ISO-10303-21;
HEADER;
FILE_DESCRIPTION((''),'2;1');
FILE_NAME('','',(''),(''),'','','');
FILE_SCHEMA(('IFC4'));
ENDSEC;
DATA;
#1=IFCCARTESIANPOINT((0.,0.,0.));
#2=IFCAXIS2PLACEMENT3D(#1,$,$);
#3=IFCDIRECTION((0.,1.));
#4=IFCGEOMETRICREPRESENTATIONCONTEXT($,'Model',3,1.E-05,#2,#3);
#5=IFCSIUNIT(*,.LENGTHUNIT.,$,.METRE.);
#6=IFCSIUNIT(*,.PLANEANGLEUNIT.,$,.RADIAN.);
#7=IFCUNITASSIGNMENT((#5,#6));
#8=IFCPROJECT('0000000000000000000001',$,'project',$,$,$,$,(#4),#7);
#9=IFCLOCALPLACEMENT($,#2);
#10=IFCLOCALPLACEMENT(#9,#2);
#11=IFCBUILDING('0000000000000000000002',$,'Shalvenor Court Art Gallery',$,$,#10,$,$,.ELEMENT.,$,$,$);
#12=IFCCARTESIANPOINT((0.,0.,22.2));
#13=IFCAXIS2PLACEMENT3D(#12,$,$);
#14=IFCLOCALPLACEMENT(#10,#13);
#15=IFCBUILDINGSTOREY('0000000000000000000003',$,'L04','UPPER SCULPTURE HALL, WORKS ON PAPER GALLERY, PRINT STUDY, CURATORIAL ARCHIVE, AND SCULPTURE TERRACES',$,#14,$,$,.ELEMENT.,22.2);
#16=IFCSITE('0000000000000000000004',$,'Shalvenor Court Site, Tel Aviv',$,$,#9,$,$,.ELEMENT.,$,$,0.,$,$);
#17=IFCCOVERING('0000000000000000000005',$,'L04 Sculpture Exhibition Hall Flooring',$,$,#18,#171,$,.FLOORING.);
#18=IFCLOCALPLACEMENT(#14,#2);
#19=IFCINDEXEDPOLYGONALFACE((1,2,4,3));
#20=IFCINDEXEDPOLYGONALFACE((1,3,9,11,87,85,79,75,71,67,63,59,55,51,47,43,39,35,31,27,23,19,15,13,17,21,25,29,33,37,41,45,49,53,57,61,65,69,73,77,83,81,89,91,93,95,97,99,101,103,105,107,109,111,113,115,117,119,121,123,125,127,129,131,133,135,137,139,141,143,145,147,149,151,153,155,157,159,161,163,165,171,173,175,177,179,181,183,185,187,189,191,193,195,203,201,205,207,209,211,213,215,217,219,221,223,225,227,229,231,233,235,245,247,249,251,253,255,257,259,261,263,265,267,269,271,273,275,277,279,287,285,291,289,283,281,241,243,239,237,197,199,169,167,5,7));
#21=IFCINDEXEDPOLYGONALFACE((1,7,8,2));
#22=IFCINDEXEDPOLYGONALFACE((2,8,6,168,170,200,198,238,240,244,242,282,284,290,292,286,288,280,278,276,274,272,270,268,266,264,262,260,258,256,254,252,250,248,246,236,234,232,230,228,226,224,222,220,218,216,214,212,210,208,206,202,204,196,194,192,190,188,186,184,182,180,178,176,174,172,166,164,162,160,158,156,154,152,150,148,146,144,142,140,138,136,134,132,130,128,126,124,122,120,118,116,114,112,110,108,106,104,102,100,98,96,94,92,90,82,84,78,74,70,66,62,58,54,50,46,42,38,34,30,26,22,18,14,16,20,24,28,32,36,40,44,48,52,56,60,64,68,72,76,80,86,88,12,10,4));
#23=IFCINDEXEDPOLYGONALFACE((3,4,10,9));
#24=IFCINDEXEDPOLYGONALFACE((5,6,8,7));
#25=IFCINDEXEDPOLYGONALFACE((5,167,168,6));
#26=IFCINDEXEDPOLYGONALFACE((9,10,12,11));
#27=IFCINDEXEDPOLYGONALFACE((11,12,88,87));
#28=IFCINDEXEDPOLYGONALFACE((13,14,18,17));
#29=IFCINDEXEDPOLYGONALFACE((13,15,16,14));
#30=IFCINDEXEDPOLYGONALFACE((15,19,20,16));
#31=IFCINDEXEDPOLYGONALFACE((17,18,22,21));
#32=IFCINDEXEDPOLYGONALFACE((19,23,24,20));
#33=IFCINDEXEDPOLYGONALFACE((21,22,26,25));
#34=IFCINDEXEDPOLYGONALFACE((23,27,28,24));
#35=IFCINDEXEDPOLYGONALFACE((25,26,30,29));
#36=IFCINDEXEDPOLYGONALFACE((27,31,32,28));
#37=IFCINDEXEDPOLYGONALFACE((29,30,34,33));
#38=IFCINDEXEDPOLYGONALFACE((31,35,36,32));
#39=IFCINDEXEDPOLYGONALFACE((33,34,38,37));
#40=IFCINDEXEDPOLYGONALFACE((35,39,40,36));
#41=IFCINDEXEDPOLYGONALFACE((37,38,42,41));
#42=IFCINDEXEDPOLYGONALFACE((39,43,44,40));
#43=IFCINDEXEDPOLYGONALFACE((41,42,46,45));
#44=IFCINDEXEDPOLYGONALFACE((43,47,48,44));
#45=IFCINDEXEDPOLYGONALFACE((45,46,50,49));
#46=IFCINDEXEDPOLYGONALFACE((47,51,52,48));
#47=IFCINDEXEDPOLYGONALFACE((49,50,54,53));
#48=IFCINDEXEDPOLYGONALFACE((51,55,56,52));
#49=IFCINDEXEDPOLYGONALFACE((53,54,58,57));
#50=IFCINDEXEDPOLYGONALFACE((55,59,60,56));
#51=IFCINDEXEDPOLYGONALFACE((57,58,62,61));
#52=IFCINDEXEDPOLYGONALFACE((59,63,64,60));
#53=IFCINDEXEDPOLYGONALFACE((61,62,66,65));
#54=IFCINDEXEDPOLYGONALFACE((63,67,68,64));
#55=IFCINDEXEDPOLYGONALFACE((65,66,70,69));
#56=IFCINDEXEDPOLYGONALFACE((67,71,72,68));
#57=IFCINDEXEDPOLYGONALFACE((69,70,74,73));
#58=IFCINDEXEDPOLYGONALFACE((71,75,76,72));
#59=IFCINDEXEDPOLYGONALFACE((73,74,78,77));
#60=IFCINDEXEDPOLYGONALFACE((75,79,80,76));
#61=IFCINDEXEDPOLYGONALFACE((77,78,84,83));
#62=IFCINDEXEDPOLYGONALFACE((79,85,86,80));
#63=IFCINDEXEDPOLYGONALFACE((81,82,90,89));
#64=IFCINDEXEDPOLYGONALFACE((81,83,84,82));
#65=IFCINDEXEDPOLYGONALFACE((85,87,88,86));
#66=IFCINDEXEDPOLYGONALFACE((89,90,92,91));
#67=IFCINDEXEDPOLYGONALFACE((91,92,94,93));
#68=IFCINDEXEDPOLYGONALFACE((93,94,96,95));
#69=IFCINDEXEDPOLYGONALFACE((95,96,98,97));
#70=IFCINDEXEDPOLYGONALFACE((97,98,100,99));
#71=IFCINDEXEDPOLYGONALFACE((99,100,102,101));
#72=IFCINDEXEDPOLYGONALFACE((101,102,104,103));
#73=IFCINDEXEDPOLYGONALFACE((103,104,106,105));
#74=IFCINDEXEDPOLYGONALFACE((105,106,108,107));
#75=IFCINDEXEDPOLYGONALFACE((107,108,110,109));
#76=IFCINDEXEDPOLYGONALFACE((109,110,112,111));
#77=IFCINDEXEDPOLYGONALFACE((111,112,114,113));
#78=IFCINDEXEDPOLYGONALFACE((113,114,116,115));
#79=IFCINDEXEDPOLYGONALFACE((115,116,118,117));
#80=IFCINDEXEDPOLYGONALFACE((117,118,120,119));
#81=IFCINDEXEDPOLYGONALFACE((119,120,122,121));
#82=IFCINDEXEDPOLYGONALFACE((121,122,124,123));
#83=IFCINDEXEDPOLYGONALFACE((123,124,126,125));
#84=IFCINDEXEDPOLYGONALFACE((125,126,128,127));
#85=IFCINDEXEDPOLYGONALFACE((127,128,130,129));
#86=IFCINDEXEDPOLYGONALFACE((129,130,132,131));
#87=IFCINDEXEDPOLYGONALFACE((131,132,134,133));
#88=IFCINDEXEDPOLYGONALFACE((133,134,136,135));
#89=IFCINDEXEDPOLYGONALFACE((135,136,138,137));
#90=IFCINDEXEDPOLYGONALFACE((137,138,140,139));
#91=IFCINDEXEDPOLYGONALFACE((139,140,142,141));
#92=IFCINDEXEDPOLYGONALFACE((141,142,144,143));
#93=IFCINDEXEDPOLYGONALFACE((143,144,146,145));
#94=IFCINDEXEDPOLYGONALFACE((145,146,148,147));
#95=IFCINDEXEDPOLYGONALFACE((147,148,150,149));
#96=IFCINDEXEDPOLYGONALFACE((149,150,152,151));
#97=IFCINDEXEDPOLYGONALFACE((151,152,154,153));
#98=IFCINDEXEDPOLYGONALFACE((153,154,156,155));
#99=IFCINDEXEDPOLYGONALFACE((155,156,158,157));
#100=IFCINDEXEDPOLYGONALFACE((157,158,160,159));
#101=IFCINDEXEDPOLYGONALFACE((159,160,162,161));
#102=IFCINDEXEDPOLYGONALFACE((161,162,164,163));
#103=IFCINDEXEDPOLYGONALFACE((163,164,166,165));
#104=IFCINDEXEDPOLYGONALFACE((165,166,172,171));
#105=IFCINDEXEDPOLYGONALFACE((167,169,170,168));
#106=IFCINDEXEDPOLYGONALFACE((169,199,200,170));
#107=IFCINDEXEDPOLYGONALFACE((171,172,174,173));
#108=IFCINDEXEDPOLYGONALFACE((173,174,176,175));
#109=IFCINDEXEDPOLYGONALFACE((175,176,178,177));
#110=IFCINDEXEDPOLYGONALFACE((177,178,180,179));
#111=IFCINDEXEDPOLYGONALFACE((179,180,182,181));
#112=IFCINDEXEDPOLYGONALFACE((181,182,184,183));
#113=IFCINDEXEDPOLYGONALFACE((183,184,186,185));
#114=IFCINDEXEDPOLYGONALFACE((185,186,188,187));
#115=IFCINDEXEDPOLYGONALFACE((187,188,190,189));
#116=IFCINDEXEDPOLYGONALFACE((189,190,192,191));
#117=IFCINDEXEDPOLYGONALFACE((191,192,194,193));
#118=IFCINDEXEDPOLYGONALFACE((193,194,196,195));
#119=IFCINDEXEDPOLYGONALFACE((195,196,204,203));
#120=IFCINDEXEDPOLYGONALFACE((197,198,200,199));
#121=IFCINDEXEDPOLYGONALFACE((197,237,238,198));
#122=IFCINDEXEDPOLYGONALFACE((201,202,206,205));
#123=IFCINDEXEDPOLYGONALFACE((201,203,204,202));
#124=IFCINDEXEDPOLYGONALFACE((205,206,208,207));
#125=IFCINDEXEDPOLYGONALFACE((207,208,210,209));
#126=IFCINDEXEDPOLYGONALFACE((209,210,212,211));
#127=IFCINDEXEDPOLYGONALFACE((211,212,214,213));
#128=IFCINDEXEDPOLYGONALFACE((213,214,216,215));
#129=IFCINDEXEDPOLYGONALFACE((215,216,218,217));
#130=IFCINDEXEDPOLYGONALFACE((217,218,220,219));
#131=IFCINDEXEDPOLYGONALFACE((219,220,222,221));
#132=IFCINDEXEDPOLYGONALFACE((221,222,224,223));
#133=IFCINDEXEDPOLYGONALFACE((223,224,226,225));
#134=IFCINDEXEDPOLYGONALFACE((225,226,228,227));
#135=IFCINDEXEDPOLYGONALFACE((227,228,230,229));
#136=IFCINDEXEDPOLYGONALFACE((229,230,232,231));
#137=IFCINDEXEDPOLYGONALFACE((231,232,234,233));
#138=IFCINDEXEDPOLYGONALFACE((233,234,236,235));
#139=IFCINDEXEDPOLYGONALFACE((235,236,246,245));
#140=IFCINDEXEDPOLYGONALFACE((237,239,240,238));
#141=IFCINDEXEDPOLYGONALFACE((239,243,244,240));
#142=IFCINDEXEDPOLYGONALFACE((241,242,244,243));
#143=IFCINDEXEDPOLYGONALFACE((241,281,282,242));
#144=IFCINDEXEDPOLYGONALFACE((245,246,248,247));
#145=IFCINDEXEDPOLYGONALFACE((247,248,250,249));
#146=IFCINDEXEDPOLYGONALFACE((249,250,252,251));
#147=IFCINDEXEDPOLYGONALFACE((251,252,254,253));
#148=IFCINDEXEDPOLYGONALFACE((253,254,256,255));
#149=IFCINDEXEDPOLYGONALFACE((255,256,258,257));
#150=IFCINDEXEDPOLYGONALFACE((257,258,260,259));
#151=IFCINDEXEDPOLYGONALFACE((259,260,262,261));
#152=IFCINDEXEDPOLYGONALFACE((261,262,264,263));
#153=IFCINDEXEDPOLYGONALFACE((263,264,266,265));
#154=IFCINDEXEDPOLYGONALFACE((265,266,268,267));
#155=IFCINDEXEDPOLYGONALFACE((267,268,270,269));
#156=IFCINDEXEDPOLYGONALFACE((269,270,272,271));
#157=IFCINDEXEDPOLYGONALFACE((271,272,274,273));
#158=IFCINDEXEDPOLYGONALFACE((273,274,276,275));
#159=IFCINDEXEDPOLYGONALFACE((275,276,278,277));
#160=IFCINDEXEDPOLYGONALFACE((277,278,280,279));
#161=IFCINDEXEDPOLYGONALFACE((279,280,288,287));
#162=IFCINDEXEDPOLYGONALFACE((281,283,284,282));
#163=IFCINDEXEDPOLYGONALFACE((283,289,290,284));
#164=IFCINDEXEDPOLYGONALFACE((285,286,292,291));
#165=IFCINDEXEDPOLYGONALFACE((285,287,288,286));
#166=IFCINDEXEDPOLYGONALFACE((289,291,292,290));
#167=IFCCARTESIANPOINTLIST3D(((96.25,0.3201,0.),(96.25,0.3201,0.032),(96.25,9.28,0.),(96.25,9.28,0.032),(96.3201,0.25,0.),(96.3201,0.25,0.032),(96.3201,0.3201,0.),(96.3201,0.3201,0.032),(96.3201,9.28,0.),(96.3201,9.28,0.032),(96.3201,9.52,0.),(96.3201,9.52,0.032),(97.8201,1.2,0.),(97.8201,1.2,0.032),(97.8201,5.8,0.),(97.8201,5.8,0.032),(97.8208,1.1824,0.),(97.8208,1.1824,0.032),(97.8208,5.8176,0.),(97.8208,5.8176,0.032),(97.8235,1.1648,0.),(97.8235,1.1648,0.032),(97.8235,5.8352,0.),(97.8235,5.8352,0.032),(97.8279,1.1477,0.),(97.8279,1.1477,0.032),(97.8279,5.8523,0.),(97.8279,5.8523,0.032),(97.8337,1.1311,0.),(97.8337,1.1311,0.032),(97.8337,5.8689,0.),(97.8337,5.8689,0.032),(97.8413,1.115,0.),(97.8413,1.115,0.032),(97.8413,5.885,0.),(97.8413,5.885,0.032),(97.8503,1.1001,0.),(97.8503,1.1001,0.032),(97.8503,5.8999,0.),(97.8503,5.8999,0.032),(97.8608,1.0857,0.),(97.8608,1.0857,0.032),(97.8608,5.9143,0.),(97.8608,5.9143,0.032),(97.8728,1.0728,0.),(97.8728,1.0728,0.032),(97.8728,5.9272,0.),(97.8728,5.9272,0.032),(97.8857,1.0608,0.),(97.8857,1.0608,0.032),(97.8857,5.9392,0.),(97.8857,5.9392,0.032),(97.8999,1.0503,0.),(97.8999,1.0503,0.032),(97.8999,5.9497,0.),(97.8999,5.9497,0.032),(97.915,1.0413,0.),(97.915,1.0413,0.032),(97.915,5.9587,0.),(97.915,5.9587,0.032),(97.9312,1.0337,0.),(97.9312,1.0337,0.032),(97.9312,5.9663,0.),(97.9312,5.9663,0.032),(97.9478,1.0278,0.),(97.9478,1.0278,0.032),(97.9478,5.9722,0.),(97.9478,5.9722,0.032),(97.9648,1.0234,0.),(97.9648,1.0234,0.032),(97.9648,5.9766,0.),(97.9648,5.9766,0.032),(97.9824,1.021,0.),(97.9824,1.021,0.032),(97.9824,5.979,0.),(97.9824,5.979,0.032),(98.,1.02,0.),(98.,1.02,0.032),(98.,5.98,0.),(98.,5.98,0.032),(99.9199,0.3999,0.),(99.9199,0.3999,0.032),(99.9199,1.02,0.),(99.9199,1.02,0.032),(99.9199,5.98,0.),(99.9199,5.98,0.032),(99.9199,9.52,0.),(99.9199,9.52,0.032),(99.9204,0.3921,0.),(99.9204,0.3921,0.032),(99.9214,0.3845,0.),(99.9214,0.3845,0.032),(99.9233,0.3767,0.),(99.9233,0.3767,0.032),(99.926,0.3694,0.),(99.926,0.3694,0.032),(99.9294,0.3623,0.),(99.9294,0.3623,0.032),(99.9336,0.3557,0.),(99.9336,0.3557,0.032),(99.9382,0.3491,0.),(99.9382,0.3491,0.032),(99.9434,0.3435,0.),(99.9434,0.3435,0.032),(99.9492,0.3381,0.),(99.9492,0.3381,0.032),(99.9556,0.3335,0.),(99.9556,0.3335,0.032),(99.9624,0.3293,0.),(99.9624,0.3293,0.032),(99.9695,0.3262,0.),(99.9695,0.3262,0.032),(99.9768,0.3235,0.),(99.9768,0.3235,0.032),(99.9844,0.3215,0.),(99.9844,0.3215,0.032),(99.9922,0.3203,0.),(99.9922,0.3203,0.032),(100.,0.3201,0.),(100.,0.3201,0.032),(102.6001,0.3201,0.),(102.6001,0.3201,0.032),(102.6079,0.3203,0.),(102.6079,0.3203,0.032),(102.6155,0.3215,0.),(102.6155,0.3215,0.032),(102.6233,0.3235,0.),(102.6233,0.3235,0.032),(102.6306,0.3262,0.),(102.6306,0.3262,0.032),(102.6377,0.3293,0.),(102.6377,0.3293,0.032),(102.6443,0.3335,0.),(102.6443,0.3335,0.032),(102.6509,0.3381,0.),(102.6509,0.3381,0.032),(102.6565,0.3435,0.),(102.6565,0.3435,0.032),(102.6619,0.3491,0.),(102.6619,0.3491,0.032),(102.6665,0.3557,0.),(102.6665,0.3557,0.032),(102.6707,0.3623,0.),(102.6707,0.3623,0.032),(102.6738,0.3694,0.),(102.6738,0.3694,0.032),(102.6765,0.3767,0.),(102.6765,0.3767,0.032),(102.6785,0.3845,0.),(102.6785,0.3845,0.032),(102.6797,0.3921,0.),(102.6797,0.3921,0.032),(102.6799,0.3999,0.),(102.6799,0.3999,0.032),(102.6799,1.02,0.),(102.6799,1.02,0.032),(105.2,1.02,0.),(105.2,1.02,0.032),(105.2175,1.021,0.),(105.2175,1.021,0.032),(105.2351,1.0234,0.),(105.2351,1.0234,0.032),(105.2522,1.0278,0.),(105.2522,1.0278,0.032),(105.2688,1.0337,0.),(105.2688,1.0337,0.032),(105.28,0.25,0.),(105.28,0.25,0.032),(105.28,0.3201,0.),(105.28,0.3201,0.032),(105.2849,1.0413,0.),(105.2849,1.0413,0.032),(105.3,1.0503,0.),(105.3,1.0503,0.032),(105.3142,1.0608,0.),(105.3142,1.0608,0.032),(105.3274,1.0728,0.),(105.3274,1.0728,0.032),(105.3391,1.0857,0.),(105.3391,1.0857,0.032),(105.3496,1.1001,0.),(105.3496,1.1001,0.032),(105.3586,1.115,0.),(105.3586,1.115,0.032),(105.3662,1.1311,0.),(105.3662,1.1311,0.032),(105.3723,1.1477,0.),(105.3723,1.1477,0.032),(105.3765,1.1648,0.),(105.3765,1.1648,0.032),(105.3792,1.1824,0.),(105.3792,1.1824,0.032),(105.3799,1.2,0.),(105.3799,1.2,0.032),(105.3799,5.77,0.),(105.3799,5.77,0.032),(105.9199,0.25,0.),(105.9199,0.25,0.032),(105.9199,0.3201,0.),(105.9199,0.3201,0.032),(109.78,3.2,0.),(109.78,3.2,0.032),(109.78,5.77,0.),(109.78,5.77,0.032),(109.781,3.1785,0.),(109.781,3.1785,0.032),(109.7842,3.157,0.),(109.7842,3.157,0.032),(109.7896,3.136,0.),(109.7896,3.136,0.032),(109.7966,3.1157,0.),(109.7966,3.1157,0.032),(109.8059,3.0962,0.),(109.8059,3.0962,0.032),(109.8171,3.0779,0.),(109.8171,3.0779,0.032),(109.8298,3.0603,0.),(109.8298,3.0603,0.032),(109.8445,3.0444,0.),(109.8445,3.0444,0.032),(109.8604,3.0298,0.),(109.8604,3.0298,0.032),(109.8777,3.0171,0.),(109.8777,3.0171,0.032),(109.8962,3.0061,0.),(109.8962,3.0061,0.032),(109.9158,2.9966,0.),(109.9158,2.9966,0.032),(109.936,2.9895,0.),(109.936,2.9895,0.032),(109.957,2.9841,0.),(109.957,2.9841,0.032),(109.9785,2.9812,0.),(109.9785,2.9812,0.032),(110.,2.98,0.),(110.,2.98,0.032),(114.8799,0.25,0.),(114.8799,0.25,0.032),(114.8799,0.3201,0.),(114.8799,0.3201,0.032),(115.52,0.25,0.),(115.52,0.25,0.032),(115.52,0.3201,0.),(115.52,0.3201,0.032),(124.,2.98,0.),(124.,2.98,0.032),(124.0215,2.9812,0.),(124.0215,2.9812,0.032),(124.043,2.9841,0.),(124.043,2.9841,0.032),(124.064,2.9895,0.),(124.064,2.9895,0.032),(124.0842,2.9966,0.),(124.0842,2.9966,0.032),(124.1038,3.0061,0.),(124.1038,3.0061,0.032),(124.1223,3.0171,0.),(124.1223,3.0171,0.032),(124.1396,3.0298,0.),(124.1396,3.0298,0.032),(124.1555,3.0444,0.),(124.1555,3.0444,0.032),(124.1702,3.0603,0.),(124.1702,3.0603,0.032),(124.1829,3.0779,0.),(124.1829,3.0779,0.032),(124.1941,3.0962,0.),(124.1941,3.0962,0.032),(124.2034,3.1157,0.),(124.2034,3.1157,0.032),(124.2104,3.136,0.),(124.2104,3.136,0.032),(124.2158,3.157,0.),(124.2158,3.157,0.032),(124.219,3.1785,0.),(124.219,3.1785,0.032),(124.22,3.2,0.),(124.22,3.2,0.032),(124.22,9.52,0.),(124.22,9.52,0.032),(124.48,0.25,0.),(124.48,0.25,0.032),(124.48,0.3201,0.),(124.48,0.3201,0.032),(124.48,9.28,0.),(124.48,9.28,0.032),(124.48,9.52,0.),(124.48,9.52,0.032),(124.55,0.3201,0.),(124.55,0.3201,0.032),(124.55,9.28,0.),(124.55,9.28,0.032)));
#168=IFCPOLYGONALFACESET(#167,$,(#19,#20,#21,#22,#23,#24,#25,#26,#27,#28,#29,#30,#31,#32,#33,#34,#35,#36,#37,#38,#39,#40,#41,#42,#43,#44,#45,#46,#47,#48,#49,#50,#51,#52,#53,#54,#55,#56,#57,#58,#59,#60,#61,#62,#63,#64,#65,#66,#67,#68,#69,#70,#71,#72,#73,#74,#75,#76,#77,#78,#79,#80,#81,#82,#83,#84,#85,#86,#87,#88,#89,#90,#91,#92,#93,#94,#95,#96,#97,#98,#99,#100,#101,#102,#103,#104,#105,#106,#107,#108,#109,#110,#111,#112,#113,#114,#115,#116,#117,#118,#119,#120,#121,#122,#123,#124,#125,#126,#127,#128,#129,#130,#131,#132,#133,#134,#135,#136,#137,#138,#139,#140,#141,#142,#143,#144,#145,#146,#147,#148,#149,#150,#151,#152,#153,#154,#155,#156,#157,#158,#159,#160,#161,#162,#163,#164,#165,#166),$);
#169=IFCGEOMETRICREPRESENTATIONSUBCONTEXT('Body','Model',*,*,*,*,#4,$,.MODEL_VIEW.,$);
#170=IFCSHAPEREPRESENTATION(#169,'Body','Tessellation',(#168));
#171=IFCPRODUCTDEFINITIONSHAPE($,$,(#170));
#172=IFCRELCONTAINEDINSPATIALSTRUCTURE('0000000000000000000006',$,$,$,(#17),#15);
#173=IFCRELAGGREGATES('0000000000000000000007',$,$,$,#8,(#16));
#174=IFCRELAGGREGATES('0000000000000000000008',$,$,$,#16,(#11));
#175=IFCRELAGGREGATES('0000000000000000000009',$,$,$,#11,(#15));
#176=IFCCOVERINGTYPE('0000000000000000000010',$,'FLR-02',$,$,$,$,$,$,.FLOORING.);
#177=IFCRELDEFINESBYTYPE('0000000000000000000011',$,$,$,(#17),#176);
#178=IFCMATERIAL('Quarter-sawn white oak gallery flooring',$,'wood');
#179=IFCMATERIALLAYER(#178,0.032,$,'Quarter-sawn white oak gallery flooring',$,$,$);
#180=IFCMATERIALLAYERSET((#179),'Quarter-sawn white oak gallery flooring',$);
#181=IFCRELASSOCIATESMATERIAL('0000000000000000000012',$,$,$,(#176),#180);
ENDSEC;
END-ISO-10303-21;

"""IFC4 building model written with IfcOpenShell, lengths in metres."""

from ifc_helpers import new_model, si_unit, direction, frame, origin, place, context, subcontext, project, spatial, polyline, outline, extrude, material, layer, layer_set, type_object, element, save


model = new_model("IFC4")

# Units and contexts
model_context = context("Model", 3, precision=1e-05, world=origin(), true_north=direction((0.0, 1.0)))
body_context = subcontext(model_context, "Body", "Model", "MODEL_VIEW")
ifc_project = project(units=[si_unit("LENGTHUNIT", "METRE"), si_unit("PLANEANGLEUNIT", "RADIAN")], contexts=[model_context])

# Site, building, storey
site_placement = place(None, origin())
site = spatial("IfcSite", under=ifc_project, at=site_placement, Name="Shalvenor Court Site, Tel Aviv", CompositionType="ELEMENT", RefElevation=0.0)
building_placement = place(site_placement, origin())
building = spatial("IfcBuilding", under=site, at=building_placement, Name="Shalvenor Court Art Gallery", CompositionType="ELEMENT")
storey_placement = place(building_placement, frame((0.0, 0.0, 22.2)))
storey = spatial("IfcBuildingStorey", under=building, at=storey_placement, Name="L04", Description="UPPER SCULPTURE HALL, WORKS ON PAPER GALLERY, PRINT STUDY, CURATORIAL ARCHIVE, AND SCULPTURE TERRACES", CompositionType="ELEMENT", Elevation=22.2)

# Covering
ifc_material_1 = material(Name="Quarter-sawn white oak gallery flooring", Category="wood")
ifc_layer_1 = layer(ifc_material_1, 0.032, Name="Quarter-sawn white oak gallery flooring")
ifc_layer_set_1 = layer_set([ifc_layer_1], Name="Quarter-sawn white oak gallery flooring")
covering_type_1 = type_object("IfcCoveringType", Name="FLR-02", PredefinedType="FLOORING", material=ifc_layer_set_1)
covering_1_placement = place(storey_placement, origin())
element("IfcCovering", 1, at=covering_1_placement, inside=storey, type_object=covering_type_1, Name="L04 Sculpture Exhibition Hall Flooring", PredefinedType="FLOORING", context=body_context, shape_type="SweptSolid", body=[
    extrude(outline(polyline([(115.52, 0.25), (115.52, 0.3201), (114.8799, 0.3201), (114.8799, 0.25), (105.9199, 0.25), (105.9199, 0.3201), (105.28, 0.3201), (105.28, 0.25), (96.3201, 0.25), (96.3201, 0.3201), (96.25, 0.3201), (96.25, 9.28), (96.3201, 9.28), (96.3201, 9.52), (99.9199, 9.52), (99.9199, 5.98), (98.0, 5.98), (97.9824, 5.979), (97.9648, 5.9766), (97.9478, 5.9722), (97.9312, 5.9663), (97.915, 5.9587), (97.8999, 5.9497), (97.8857, 5.9392), (97.8728, 5.9272), (97.8608, 5.9143), (97.8503, 5.8999), (97.8413, 5.885), (97.8337, 5.8689), (97.8279, 5.8523), (97.8235, 5.8352), (97.8208, 5.8176), (97.8201, 5.8), (97.8201, 1.2), (97.8208, 1.1824), (97.8235, 1.1648), (97.8279, 1.1477), (97.8337, 1.1311), (97.8413, 1.115), (97.8503, 1.1001), (97.8608, 1.0857), (97.8728, 1.0728), (97.8857, 1.0608), (97.8999, 1.0503), (97.915, 1.0413), (97.9312, 1.0337), (97.9478, 1.0278), (97.9648, 1.0234), (97.9824, 1.021), (98.0, 1.02), (99.9199, 1.02), (99.9199, 0.3999), (99.9204, 0.3921), (99.9214, 0.3845), (99.9233, 0.3767), (99.926, 0.3694), (99.9294, 0.3623), (99.9336, 0.3557), (99.9382, 0.3491), (99.9434, 0.3435), (99.9492, 0.3381), (99.9556, 0.3335), (99.9624, 0.3293), (99.9695, 0.3262), (99.9768, 0.3235), (99.9844, 0.3215), (99.9922, 0.3203), (100.0, 0.3201), (102.6001, 0.3201), (102.6079, 0.3203), (102.6155, 0.3215), (102.6233, 0.3235), (102.6306, 0.3262), (102.6377, 0.3293), (102.6443, 0.3335), (102.6509, 0.3381), (102.6565, 0.3435), (102.6619, 0.3491), (102.6665, 0.3557), (102.6707, 0.3623), (102.6738, 0.3694), (102.6765, 0.3767), (102.6785, 0.3845), (102.6797, 0.3921), (102.6799, 0.3999), (102.6799, 1.02), (105.2, 1.02), (105.2175, 1.021), (105.2351, 1.0234), (105.2522, 1.0278), (105.2688, 1.0337), (105.2849, 1.0413), (105.3, 1.0503), (105.3142, 1.0608), (105.3274, 1.0728), (105.3391, 1.0857), (105.3496, 1.1001), (105.3586, 1.115), (105.3662, 1.1311), (105.3723, 1.1477), (105.3765, 1.1648), (105.3792, 1.1824), (105.3799, 1.2), (105.3799, 5.77), (109.78, 5.77), (109.78, 3.2), (109.781, 3.1785), (109.7842, 3.157), (109.7896, 3.136), (109.7966, 3.1157), (109.8059, 3.0962), (109.8171, 3.0779), (109.8298, 3.0603), (109.8445, 3.0444), (109.8604, 3.0298), (109.8777, 3.0171), (109.8962, 3.0061), (109.9158, 2.9966), (109.936, 2.9895), (109.957, 2.9841), (109.9785, 2.9812), (110.0, 2.98), (124.0, 2.98), (124.0215, 2.9812), (124.043, 2.9841), (124.064, 2.9895), (124.0842, 2.9966), (124.1038, 3.0061), (124.1223, 3.0171), (124.1396, 3.0298), (124.1555, 3.0444), (124.1702, 3.0603), (124.1829, 3.0779), (124.1941, 3.0962), (124.2034, 3.1157), (124.2104, 3.136), (124.2158, 3.157), (124.219, 3.1785), (124.22, 3.2), (124.22, 9.52), (124.48, 9.52), (124.48, 9.28), (124.55, 9.28), (124.55, 0.3201), (124.48, 0.3201), (124.48, 0.25), (115.52, 0.25)])), origin(), (0.0, 0.0, 1.0), 0.032),
])

save(model, "model.ifc")
